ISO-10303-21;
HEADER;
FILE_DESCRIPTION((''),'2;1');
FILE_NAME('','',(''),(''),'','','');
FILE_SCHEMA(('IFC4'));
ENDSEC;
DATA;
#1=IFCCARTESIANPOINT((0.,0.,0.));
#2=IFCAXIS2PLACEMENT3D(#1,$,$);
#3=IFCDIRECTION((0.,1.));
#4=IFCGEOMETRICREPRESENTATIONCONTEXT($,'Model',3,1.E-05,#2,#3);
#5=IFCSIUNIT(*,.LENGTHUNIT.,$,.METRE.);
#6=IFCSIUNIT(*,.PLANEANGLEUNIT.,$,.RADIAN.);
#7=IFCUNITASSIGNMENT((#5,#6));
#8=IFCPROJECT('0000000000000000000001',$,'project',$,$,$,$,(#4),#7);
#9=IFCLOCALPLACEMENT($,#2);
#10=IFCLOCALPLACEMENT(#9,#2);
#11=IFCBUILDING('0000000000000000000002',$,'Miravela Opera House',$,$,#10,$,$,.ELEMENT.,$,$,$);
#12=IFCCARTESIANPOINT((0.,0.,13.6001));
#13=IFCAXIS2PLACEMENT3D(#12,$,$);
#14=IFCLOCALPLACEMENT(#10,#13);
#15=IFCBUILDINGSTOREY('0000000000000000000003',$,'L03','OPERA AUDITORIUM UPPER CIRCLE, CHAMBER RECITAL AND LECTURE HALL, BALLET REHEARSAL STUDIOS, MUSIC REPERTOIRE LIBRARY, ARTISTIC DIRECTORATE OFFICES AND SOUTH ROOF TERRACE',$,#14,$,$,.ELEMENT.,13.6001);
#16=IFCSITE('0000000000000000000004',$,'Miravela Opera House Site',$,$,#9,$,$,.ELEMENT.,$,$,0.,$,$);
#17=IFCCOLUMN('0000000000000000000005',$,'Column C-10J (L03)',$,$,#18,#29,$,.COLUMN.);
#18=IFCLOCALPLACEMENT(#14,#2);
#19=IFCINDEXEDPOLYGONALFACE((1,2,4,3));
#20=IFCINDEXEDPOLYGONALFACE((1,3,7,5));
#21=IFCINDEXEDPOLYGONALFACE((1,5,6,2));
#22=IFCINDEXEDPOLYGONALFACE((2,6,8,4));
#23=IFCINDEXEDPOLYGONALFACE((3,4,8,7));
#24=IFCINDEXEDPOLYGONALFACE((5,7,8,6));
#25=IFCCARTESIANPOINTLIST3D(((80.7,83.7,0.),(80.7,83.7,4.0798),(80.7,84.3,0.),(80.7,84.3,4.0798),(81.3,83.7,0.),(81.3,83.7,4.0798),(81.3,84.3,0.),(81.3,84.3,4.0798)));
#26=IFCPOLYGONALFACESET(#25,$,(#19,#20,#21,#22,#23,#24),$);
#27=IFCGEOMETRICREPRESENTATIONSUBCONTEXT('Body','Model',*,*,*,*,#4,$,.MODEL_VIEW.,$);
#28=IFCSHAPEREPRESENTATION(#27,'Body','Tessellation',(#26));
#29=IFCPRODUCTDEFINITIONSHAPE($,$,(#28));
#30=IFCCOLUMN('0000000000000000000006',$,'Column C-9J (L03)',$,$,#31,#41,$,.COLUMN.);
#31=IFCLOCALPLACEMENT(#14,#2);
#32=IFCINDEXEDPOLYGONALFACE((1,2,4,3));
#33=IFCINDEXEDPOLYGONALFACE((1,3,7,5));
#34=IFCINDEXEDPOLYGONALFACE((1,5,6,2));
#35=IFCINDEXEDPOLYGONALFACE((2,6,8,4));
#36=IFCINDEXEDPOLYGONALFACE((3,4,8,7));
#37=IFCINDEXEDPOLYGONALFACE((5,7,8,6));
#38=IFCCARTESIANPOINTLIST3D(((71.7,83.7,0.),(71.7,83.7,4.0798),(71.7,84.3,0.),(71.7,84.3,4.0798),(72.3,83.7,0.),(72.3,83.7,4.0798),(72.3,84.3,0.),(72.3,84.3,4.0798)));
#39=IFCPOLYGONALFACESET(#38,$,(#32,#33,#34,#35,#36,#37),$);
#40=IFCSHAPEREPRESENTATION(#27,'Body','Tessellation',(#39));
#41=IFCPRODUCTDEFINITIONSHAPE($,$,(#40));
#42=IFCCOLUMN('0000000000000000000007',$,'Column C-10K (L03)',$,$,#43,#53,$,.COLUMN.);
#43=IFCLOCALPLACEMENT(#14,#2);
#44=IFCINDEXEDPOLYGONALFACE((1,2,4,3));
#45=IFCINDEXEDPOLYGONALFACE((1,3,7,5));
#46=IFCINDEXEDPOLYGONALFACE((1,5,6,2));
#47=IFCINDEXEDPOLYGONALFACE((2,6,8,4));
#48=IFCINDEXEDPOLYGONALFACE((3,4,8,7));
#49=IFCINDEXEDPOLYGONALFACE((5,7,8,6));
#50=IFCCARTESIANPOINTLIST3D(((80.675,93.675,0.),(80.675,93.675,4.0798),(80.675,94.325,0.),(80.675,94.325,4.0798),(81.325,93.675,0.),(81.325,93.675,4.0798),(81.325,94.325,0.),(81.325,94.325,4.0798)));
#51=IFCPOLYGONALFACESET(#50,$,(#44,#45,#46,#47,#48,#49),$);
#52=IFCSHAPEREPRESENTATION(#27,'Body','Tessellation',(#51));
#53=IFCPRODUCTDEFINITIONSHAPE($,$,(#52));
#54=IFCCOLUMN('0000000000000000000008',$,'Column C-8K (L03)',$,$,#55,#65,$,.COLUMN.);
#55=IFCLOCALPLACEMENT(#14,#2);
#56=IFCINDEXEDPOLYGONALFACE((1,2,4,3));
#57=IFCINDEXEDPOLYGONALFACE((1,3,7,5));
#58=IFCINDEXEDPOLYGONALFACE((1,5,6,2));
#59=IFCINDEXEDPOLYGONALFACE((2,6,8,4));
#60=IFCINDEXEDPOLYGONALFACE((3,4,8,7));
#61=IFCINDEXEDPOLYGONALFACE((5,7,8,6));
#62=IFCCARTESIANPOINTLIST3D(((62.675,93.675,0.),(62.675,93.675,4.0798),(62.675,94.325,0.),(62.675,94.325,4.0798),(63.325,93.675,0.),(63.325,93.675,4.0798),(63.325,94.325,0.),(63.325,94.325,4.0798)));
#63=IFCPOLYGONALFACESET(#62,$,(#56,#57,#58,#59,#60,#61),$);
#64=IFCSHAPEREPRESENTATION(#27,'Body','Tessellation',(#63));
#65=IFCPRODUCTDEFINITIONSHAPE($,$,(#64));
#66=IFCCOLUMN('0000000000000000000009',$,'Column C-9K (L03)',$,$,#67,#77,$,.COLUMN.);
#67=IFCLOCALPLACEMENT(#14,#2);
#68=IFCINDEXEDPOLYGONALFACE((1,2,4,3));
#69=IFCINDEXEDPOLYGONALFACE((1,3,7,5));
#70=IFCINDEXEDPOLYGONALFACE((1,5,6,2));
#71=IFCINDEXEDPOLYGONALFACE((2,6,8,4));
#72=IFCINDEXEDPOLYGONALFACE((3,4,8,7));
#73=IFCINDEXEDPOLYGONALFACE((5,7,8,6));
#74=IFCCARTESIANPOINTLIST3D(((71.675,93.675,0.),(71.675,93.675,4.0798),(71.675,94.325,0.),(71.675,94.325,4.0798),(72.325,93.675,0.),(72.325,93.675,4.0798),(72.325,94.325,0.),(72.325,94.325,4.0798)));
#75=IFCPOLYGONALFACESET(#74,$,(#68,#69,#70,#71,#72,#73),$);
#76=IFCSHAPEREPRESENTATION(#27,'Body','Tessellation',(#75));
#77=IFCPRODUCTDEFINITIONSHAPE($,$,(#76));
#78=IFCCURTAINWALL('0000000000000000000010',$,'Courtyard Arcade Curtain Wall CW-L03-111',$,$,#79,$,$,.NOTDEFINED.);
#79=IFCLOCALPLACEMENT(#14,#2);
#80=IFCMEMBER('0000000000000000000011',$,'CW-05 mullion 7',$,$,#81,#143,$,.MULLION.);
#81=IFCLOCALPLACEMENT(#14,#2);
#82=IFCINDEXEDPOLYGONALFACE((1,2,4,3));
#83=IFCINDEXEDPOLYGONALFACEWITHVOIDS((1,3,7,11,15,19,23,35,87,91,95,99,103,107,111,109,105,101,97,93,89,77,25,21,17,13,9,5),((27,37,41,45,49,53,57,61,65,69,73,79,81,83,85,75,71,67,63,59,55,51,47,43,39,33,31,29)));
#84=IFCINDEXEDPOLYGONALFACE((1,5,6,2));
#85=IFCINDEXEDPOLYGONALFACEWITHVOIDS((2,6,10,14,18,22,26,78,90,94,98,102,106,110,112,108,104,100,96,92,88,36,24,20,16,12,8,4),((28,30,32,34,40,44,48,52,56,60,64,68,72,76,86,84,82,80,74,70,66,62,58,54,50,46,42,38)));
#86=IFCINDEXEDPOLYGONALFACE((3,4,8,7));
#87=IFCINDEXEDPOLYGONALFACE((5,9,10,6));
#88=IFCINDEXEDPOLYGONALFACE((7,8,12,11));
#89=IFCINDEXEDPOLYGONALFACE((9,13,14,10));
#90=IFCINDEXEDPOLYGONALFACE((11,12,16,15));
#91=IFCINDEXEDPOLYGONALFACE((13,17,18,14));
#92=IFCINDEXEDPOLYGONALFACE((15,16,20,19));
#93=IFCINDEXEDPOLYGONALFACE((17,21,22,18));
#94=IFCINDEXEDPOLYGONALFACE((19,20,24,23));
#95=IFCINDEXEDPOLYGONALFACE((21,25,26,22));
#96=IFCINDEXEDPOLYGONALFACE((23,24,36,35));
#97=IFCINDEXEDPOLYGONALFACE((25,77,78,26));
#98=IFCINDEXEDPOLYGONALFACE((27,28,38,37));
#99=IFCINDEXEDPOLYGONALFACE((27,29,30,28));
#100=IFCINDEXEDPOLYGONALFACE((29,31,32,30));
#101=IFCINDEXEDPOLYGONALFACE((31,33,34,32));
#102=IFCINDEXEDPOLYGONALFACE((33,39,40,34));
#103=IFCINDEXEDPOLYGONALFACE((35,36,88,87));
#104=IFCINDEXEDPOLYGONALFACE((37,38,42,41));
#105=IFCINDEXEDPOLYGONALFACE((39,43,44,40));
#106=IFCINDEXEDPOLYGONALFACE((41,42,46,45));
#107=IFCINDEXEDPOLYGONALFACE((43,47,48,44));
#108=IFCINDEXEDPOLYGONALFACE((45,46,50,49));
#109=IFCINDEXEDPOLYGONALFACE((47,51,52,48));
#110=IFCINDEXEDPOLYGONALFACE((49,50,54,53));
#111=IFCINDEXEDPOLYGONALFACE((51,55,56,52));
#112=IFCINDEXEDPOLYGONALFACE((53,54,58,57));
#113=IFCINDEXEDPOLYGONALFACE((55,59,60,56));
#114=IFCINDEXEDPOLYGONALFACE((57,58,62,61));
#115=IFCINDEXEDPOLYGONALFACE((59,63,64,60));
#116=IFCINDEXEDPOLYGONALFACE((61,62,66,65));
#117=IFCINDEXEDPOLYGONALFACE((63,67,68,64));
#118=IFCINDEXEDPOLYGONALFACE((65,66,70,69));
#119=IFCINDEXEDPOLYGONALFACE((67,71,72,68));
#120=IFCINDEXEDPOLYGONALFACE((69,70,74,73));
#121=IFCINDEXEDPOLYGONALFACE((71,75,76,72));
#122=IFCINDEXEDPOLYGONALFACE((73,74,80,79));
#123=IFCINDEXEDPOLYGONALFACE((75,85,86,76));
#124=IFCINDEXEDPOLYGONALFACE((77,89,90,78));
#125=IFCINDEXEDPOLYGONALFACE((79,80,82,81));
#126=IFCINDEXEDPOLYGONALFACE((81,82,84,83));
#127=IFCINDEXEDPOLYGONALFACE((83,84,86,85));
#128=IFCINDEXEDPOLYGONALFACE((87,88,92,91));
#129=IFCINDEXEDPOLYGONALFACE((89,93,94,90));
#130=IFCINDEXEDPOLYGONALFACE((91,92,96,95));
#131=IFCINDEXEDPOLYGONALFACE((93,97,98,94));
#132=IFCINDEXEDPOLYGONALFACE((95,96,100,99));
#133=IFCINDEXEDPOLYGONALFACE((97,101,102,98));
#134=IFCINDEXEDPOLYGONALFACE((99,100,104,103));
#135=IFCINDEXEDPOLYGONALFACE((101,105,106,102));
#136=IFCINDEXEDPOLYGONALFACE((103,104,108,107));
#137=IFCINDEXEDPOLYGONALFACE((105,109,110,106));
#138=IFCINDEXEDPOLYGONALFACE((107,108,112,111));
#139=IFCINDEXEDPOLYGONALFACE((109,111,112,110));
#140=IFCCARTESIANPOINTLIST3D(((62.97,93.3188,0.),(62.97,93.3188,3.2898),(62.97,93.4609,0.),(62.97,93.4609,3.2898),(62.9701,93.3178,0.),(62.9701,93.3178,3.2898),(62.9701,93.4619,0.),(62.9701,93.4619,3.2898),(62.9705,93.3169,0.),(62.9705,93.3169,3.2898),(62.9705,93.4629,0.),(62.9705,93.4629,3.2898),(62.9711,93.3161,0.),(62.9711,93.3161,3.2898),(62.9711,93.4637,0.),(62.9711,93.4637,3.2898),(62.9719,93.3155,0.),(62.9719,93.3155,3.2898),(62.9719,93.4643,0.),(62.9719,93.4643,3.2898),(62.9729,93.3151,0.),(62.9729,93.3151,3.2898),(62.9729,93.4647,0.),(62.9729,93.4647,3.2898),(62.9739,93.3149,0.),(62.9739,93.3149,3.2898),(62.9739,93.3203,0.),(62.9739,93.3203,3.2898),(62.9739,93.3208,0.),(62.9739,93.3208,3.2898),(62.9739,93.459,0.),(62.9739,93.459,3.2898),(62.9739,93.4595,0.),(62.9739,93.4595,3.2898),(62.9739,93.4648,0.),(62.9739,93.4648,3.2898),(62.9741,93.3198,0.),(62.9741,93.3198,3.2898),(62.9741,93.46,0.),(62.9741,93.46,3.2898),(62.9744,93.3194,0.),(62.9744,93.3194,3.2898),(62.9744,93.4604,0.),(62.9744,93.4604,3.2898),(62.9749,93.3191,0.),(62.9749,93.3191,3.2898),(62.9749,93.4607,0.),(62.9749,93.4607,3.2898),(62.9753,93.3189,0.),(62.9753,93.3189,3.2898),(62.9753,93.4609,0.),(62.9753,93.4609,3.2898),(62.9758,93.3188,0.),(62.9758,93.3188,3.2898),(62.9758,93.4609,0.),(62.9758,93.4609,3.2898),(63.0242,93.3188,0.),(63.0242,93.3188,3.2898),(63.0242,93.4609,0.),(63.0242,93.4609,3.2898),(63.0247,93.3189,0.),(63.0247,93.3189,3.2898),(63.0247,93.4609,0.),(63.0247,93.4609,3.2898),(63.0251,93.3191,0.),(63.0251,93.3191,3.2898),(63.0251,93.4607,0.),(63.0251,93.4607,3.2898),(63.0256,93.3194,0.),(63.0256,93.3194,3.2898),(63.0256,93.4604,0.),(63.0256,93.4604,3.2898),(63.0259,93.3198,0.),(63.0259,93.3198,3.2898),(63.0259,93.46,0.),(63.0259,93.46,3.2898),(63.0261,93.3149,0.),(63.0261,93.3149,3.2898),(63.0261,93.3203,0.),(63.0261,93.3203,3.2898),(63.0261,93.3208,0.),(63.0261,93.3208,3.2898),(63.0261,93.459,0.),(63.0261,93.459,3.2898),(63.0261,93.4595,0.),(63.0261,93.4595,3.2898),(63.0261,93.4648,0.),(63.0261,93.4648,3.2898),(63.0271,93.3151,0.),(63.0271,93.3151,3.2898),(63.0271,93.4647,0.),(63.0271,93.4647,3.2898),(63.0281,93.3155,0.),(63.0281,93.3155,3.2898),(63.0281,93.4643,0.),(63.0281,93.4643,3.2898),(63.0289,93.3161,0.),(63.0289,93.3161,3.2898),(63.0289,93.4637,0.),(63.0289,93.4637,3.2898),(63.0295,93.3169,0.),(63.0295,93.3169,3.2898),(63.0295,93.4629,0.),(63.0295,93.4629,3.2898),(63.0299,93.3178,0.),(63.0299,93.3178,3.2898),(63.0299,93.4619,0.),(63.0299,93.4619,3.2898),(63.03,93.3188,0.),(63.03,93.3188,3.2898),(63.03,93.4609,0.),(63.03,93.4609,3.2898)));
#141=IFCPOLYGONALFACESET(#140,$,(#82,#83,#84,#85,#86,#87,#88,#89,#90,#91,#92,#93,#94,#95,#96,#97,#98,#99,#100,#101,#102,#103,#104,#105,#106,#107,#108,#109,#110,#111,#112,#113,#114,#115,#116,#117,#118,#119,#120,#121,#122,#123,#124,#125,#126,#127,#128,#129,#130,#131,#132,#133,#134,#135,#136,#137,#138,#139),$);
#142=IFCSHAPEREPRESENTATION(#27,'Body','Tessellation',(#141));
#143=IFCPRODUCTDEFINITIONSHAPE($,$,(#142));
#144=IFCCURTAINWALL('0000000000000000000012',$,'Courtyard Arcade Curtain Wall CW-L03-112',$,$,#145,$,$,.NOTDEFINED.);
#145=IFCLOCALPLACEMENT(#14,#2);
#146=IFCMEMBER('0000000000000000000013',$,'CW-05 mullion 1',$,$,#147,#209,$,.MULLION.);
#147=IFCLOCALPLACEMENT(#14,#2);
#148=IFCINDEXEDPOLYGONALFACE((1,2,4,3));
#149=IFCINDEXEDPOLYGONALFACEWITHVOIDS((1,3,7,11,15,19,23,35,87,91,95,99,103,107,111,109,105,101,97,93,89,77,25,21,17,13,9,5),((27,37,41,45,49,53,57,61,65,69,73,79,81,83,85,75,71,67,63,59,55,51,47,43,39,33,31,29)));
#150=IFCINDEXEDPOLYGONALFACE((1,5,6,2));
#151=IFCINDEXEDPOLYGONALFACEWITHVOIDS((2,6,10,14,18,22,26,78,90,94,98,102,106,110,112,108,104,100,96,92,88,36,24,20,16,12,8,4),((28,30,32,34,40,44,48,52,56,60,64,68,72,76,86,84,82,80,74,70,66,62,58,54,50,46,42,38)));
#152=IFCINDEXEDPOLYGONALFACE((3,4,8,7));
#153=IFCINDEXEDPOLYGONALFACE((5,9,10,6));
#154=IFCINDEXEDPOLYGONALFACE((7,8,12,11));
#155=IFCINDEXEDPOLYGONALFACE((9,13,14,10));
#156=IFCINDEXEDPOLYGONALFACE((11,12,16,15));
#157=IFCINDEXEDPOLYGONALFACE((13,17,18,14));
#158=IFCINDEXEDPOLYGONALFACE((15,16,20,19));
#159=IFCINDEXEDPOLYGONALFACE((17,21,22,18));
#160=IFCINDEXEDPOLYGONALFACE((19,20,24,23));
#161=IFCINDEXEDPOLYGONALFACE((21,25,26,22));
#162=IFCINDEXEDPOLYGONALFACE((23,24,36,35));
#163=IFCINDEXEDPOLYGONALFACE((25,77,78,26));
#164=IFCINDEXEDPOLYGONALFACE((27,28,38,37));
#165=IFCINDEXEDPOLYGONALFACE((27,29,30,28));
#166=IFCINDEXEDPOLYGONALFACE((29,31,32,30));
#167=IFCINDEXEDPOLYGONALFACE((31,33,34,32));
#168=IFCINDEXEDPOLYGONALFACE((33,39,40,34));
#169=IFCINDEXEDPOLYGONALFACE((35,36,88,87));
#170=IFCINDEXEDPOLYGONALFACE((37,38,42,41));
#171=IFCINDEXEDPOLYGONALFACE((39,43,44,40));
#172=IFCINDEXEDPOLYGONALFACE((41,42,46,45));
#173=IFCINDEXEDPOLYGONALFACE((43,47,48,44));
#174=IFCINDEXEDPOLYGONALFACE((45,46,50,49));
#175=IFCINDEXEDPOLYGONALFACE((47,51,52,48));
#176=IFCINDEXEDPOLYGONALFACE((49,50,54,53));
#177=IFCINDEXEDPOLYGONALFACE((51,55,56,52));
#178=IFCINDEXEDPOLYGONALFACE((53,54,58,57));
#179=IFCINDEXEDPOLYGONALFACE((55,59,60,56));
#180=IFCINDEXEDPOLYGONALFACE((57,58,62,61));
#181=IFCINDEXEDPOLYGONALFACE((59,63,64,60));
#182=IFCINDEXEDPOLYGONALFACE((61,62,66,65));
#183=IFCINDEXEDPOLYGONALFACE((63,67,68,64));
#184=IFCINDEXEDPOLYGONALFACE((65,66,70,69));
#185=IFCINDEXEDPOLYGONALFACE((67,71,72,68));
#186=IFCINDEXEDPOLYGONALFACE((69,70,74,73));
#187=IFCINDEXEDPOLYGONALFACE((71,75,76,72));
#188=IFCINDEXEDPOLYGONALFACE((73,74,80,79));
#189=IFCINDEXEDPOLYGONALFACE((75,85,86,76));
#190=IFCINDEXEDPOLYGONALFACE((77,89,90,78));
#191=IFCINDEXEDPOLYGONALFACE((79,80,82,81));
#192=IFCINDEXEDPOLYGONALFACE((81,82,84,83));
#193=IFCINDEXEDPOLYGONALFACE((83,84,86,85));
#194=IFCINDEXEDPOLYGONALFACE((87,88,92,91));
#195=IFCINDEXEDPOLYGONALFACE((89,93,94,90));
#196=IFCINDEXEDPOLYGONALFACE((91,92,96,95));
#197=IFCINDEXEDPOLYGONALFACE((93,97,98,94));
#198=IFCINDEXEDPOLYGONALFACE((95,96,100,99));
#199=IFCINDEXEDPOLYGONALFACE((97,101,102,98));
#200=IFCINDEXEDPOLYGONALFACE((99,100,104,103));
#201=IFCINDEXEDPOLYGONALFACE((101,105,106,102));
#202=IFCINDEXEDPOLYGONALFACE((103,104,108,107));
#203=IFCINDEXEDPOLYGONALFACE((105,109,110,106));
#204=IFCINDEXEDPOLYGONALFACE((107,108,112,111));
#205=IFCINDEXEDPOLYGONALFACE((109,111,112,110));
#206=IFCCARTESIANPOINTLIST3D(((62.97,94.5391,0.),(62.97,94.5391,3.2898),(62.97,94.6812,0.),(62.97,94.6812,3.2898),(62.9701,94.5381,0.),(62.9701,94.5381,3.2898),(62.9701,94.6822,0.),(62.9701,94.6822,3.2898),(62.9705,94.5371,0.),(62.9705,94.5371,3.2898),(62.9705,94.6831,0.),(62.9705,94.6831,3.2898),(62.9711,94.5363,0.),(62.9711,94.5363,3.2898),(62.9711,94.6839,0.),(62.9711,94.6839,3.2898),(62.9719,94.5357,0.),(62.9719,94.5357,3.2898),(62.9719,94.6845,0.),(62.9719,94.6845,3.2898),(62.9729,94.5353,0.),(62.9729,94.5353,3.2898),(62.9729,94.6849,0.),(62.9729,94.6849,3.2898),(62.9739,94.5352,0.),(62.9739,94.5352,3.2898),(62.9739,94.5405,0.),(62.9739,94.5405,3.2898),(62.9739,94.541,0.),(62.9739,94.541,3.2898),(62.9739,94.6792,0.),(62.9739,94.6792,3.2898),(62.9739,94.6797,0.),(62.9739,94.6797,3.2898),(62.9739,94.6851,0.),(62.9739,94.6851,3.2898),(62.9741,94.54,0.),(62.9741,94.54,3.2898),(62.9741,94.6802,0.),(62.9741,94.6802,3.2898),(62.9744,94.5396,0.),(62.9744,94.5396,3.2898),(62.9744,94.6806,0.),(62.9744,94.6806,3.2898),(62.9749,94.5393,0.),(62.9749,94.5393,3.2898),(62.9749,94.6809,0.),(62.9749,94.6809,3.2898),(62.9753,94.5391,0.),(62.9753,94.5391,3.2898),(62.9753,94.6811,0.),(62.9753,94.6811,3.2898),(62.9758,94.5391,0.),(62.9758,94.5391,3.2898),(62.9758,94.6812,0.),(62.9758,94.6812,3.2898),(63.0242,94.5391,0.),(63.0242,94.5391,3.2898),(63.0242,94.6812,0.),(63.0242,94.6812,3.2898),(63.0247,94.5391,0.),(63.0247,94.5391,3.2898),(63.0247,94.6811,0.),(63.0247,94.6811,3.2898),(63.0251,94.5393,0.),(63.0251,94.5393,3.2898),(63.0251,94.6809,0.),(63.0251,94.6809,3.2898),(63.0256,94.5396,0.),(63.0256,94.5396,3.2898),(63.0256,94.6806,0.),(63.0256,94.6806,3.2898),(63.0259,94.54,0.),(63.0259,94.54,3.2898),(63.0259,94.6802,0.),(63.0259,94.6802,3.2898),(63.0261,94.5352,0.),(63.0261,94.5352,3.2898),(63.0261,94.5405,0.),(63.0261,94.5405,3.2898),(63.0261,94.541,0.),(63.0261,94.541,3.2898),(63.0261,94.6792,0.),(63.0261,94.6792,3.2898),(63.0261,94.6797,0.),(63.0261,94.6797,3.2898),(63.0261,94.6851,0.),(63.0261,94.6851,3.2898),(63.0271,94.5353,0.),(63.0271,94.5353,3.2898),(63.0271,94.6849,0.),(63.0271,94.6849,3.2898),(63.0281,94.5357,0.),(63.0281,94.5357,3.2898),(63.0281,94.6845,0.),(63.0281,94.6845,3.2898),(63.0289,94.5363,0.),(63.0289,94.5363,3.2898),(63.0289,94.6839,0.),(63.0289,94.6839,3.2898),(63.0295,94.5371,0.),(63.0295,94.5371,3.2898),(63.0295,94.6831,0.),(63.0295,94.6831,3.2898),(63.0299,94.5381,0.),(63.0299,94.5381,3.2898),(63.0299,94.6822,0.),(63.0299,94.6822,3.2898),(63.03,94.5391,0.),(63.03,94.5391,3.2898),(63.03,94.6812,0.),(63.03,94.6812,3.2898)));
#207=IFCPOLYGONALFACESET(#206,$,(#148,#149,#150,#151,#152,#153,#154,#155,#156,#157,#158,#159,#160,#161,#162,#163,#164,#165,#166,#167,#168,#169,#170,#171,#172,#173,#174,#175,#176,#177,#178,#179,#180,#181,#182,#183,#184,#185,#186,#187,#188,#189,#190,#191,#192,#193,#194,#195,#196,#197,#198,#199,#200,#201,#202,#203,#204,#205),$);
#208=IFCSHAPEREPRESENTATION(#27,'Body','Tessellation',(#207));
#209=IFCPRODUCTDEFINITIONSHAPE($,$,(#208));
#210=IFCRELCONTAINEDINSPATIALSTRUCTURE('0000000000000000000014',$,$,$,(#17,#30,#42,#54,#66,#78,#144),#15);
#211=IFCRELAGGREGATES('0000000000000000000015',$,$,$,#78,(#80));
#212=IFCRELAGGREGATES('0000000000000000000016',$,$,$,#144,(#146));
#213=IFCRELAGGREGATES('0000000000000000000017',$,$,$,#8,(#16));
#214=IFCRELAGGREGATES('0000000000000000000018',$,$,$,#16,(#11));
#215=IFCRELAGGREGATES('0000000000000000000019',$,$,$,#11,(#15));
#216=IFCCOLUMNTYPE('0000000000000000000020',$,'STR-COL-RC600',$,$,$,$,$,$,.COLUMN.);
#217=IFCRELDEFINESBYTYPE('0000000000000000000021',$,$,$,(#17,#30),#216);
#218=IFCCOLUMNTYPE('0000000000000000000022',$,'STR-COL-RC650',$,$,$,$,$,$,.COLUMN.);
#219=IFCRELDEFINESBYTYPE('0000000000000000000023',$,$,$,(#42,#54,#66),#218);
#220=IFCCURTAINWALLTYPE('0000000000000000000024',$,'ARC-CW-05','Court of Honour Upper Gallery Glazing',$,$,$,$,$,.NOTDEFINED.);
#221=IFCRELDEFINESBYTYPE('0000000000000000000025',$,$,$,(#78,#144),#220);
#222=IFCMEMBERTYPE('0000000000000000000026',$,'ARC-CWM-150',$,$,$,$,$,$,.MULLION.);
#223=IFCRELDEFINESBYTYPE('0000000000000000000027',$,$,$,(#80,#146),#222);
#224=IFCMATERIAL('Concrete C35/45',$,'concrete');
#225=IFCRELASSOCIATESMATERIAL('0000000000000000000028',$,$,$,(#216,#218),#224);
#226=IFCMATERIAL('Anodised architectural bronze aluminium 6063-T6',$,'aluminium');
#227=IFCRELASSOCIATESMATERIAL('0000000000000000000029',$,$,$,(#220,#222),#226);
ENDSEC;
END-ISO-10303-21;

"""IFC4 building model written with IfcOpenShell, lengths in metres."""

from ifc_helpers import new_model, si_unit, direction, frame, origin, origin_2d, place, context, subcontext, project, spatial, rectangle, hollow_rectangle, extrude, material, material_profile, profile_set, type_object, element, aggregate, save


model = new_model("IFC4")

# Units and contexts
model_context = context("Model", 3, precision=1e-05, world=origin(), true_north=direction((0.0, 1.0)))
body_context = subcontext(model_context, "Body", "Model", "MODEL_VIEW")
ifc_project = project(units=[si_unit("LENGTHUNIT", "METRE"), si_unit("PLANEANGLEUNIT", "RADIAN")], contexts=[model_context])

# Site, building, storey
site_placement = place(None, origin())
site = spatial("IfcSite", under=ifc_project, at=site_placement, Name="Miravela Opera House Site", CompositionType="ELEMENT", RefElevation=0.0)
building_placement = place(site_placement, origin())
building = spatial("IfcBuilding", under=site, at=building_placement, Name="Miravela Opera House", CompositionType="ELEMENT")
storey_placement = place(building_placement, frame((0.0, 0.0, 13.6001)))
storey = spatial("IfcBuildingStorey", under=building, at=storey_placement, Name="L03", Description="OPERA AUDITORIUM UPPER CIRCLE, CHAMBER RECITAL AND LECTURE HALL, BALLET REHEARSAL STUDIOS, MUSIC REPERTOIRE LIBRARY, ARTISTIC DIRECTORATE OFFICES AND SOUTH ROOF TERRACE", CompositionType="ELEMENT", Elevation=13.6001)

# Columns
ifc_material_1 = material(Name="Concrete C35/45", Category="concrete")
ifc_material_profile_1 = material_profile(ifc_material_1, rectangle(XDim=0.6001, YDim=0.6001, at=origin_2d()), Name="RC-COL-600X600")
ifc_profile_set_1 = profile_set([ifc_material_profile_1])
column_type_1 = type_object("IfcColumnType", Name="STR-COL-RC600", PredefinedType="COLUMN", material=ifc_profile_set_1)
for number, where, z_axis, x_axis, name in (
    (1, (81.0, 84.0, 0.0), (0.0, 0.0, 1.0), (1.0, 0.0, 0.0), "Column C-10J (L03)"),
    (2, (72.0, 84.0, 0.0), (0.0, 0.0, 1.0), (1.0, 0.0, 0.0), "Column C-9J (L03)"),
):
    element("IfcColumn", number, at=place(storey_placement, frame(where, z_axis=z_axis, x_axis=x_axis)), inside=storey, type_object=column_type_1, Name=name, PredefinedType="COLUMN", context=body_context, shape_type="SweptSolid", body=[
        extrude(rectangle(XDim=0.6001, YDim=0.6001, at=origin_2d()), origin(), (0.0, 0.0, 1.0), 4.0798),
    ])
ifc_material_profile_2 = material_profile(ifc_material_1, rectangle(XDim=0.6499, YDim=0.6499, at=origin_2d()), Name="RC-COL-650X650")
ifc_profile_set_2 = profile_set([ifc_material_profile_2])
column_type_2 = type_object("IfcColumnType", Name="STR-COL-RC650", PredefinedType="COLUMN", material=ifc_profile_set_2)
for number, where, z_axis, x_axis, name in (
    (3, (81.0, 94.0, 0.0), (0.0, 0.0, 1.0), (1.0, 0.0, 0.0), "Column C-10K (L03)"),
    (4, (63.0, 94.0, 0.0), (0.0, 0.0, 1.0), (1.0, 0.0, 0.0), "Column C-8K (L03)"),
    (5, (72.0, 94.0, 0.0), (0.0, 0.0, 1.0), (1.0, 0.0, 0.0), "Column C-9K (L03)"),
):
    element("IfcColumn", number, at=place(storey_placement, frame(where, z_axis=z_axis, x_axis=x_axis)), inside=storey, type_object=column_type_2, Name=name, PredefinedType="COLUMN", context=body_context, shape_type="SweptSolid", body=[
        extrude(rectangle(XDim=0.6499, YDim=0.6499, at=origin_2d()), origin(), (0.0, 0.0, 1.0), 4.0798),
    ])

# Curtain wall, member
ifc_material_2 = material(Name="Anodised architectural bronze aluminium 6063-T6", Category="aluminium")
curtain_wall_type = type_object("IfcCurtainWallType", Name="ARC-CW-05", Description="Court of Honour Upper Gallery Glazing", PredefinedType="NOTDEFINED", material=ifc_material_2)
curtain_wall_1_placement = place(storey_placement, origin())
curtain_wall_1 = element("IfcCurtainWall", 6, at=curtain_wall_1_placement, inside=storey, type_object=curtain_wall_type, Name="Courtyard Arcade Curtain Wall CW-L03-111", PredefinedType="NOTDEFINED")
ifc_material_profile_3 = material_profile(ifc_material_2, hollow_rectangle(XDim=0.0601, YDim=0.1499, WallThickness=0.0039, InnerFilletRadius=0.002, OuterFilletRadius=0.0039, at=origin_2d()), Name="CWM-60X150")
ifc_profile_set_3 = profile_set([ifc_material_profile_3])
member_type_1 = type_object("IfcMemberType", Name="ARC-CWM-150", PredefinedType="MULLION", material=ifc_profile_set_3)
member_1_placement = place(storey_placement, frame((63.0, 93.3899, 0.0), z_axis=(0.0, 0.0, 1.0), x_axis=(-1.0, 0.0, 0.0)))
member_1 = element("IfcMember", 7, at=member_1_placement, type_object=member_type_1, Name="CW-05 mullion 7", PredefinedType="MULLION", context=body_context, shape_type="SweptSolid", body=[
    extrude(hollow_rectangle(XDim=0.0601, YDim=0.1499, WallThickness=0.0039, InnerFilletRadius=0.002, OuterFilletRadius=0.0039, at=origin_2d()), origin(), (0.0, 0.0, 1.0), 3.2898),
])

# Curtain wall, member
curtain_wall_2_placement = place(storey_placement, origin())
curtain_wall_2 = element("IfcCurtainWall", 8, at=curtain_wall_2_placement, inside=storey, type_object=curtain_wall_type, Name="Courtyard Arcade Curtain Wall CW-L03-112", PredefinedType="NOTDEFINED")
member_2_placement = place(storey_placement, frame((63.0, 94.6101, 0.0), z_axis=(0.0, 0.0, 1.0), x_axis=(-1.0, 0.0, 0.0)))
member_2 = element("IfcMember", 9, at=member_2_placement, type_object=member_type_1, Name="CW-05 mullion 1", PredefinedType="MULLION", context=body_context, shape_type="SweptSolid", body=[
    extrude(hollow_rectangle(XDim=0.0601, YDim=0.1499, WallThickness=0.0039, InnerFilletRadius=0.002, OuterFilletRadius=0.0039, at=origin_2d()), origin(), (0.0, 0.0, 1.0), 3.2898),
])

aggregate(curtain_wall_1, [member_1])
aggregate(curtain_wall_2, [member_2])

save(model, "model.ifc")
